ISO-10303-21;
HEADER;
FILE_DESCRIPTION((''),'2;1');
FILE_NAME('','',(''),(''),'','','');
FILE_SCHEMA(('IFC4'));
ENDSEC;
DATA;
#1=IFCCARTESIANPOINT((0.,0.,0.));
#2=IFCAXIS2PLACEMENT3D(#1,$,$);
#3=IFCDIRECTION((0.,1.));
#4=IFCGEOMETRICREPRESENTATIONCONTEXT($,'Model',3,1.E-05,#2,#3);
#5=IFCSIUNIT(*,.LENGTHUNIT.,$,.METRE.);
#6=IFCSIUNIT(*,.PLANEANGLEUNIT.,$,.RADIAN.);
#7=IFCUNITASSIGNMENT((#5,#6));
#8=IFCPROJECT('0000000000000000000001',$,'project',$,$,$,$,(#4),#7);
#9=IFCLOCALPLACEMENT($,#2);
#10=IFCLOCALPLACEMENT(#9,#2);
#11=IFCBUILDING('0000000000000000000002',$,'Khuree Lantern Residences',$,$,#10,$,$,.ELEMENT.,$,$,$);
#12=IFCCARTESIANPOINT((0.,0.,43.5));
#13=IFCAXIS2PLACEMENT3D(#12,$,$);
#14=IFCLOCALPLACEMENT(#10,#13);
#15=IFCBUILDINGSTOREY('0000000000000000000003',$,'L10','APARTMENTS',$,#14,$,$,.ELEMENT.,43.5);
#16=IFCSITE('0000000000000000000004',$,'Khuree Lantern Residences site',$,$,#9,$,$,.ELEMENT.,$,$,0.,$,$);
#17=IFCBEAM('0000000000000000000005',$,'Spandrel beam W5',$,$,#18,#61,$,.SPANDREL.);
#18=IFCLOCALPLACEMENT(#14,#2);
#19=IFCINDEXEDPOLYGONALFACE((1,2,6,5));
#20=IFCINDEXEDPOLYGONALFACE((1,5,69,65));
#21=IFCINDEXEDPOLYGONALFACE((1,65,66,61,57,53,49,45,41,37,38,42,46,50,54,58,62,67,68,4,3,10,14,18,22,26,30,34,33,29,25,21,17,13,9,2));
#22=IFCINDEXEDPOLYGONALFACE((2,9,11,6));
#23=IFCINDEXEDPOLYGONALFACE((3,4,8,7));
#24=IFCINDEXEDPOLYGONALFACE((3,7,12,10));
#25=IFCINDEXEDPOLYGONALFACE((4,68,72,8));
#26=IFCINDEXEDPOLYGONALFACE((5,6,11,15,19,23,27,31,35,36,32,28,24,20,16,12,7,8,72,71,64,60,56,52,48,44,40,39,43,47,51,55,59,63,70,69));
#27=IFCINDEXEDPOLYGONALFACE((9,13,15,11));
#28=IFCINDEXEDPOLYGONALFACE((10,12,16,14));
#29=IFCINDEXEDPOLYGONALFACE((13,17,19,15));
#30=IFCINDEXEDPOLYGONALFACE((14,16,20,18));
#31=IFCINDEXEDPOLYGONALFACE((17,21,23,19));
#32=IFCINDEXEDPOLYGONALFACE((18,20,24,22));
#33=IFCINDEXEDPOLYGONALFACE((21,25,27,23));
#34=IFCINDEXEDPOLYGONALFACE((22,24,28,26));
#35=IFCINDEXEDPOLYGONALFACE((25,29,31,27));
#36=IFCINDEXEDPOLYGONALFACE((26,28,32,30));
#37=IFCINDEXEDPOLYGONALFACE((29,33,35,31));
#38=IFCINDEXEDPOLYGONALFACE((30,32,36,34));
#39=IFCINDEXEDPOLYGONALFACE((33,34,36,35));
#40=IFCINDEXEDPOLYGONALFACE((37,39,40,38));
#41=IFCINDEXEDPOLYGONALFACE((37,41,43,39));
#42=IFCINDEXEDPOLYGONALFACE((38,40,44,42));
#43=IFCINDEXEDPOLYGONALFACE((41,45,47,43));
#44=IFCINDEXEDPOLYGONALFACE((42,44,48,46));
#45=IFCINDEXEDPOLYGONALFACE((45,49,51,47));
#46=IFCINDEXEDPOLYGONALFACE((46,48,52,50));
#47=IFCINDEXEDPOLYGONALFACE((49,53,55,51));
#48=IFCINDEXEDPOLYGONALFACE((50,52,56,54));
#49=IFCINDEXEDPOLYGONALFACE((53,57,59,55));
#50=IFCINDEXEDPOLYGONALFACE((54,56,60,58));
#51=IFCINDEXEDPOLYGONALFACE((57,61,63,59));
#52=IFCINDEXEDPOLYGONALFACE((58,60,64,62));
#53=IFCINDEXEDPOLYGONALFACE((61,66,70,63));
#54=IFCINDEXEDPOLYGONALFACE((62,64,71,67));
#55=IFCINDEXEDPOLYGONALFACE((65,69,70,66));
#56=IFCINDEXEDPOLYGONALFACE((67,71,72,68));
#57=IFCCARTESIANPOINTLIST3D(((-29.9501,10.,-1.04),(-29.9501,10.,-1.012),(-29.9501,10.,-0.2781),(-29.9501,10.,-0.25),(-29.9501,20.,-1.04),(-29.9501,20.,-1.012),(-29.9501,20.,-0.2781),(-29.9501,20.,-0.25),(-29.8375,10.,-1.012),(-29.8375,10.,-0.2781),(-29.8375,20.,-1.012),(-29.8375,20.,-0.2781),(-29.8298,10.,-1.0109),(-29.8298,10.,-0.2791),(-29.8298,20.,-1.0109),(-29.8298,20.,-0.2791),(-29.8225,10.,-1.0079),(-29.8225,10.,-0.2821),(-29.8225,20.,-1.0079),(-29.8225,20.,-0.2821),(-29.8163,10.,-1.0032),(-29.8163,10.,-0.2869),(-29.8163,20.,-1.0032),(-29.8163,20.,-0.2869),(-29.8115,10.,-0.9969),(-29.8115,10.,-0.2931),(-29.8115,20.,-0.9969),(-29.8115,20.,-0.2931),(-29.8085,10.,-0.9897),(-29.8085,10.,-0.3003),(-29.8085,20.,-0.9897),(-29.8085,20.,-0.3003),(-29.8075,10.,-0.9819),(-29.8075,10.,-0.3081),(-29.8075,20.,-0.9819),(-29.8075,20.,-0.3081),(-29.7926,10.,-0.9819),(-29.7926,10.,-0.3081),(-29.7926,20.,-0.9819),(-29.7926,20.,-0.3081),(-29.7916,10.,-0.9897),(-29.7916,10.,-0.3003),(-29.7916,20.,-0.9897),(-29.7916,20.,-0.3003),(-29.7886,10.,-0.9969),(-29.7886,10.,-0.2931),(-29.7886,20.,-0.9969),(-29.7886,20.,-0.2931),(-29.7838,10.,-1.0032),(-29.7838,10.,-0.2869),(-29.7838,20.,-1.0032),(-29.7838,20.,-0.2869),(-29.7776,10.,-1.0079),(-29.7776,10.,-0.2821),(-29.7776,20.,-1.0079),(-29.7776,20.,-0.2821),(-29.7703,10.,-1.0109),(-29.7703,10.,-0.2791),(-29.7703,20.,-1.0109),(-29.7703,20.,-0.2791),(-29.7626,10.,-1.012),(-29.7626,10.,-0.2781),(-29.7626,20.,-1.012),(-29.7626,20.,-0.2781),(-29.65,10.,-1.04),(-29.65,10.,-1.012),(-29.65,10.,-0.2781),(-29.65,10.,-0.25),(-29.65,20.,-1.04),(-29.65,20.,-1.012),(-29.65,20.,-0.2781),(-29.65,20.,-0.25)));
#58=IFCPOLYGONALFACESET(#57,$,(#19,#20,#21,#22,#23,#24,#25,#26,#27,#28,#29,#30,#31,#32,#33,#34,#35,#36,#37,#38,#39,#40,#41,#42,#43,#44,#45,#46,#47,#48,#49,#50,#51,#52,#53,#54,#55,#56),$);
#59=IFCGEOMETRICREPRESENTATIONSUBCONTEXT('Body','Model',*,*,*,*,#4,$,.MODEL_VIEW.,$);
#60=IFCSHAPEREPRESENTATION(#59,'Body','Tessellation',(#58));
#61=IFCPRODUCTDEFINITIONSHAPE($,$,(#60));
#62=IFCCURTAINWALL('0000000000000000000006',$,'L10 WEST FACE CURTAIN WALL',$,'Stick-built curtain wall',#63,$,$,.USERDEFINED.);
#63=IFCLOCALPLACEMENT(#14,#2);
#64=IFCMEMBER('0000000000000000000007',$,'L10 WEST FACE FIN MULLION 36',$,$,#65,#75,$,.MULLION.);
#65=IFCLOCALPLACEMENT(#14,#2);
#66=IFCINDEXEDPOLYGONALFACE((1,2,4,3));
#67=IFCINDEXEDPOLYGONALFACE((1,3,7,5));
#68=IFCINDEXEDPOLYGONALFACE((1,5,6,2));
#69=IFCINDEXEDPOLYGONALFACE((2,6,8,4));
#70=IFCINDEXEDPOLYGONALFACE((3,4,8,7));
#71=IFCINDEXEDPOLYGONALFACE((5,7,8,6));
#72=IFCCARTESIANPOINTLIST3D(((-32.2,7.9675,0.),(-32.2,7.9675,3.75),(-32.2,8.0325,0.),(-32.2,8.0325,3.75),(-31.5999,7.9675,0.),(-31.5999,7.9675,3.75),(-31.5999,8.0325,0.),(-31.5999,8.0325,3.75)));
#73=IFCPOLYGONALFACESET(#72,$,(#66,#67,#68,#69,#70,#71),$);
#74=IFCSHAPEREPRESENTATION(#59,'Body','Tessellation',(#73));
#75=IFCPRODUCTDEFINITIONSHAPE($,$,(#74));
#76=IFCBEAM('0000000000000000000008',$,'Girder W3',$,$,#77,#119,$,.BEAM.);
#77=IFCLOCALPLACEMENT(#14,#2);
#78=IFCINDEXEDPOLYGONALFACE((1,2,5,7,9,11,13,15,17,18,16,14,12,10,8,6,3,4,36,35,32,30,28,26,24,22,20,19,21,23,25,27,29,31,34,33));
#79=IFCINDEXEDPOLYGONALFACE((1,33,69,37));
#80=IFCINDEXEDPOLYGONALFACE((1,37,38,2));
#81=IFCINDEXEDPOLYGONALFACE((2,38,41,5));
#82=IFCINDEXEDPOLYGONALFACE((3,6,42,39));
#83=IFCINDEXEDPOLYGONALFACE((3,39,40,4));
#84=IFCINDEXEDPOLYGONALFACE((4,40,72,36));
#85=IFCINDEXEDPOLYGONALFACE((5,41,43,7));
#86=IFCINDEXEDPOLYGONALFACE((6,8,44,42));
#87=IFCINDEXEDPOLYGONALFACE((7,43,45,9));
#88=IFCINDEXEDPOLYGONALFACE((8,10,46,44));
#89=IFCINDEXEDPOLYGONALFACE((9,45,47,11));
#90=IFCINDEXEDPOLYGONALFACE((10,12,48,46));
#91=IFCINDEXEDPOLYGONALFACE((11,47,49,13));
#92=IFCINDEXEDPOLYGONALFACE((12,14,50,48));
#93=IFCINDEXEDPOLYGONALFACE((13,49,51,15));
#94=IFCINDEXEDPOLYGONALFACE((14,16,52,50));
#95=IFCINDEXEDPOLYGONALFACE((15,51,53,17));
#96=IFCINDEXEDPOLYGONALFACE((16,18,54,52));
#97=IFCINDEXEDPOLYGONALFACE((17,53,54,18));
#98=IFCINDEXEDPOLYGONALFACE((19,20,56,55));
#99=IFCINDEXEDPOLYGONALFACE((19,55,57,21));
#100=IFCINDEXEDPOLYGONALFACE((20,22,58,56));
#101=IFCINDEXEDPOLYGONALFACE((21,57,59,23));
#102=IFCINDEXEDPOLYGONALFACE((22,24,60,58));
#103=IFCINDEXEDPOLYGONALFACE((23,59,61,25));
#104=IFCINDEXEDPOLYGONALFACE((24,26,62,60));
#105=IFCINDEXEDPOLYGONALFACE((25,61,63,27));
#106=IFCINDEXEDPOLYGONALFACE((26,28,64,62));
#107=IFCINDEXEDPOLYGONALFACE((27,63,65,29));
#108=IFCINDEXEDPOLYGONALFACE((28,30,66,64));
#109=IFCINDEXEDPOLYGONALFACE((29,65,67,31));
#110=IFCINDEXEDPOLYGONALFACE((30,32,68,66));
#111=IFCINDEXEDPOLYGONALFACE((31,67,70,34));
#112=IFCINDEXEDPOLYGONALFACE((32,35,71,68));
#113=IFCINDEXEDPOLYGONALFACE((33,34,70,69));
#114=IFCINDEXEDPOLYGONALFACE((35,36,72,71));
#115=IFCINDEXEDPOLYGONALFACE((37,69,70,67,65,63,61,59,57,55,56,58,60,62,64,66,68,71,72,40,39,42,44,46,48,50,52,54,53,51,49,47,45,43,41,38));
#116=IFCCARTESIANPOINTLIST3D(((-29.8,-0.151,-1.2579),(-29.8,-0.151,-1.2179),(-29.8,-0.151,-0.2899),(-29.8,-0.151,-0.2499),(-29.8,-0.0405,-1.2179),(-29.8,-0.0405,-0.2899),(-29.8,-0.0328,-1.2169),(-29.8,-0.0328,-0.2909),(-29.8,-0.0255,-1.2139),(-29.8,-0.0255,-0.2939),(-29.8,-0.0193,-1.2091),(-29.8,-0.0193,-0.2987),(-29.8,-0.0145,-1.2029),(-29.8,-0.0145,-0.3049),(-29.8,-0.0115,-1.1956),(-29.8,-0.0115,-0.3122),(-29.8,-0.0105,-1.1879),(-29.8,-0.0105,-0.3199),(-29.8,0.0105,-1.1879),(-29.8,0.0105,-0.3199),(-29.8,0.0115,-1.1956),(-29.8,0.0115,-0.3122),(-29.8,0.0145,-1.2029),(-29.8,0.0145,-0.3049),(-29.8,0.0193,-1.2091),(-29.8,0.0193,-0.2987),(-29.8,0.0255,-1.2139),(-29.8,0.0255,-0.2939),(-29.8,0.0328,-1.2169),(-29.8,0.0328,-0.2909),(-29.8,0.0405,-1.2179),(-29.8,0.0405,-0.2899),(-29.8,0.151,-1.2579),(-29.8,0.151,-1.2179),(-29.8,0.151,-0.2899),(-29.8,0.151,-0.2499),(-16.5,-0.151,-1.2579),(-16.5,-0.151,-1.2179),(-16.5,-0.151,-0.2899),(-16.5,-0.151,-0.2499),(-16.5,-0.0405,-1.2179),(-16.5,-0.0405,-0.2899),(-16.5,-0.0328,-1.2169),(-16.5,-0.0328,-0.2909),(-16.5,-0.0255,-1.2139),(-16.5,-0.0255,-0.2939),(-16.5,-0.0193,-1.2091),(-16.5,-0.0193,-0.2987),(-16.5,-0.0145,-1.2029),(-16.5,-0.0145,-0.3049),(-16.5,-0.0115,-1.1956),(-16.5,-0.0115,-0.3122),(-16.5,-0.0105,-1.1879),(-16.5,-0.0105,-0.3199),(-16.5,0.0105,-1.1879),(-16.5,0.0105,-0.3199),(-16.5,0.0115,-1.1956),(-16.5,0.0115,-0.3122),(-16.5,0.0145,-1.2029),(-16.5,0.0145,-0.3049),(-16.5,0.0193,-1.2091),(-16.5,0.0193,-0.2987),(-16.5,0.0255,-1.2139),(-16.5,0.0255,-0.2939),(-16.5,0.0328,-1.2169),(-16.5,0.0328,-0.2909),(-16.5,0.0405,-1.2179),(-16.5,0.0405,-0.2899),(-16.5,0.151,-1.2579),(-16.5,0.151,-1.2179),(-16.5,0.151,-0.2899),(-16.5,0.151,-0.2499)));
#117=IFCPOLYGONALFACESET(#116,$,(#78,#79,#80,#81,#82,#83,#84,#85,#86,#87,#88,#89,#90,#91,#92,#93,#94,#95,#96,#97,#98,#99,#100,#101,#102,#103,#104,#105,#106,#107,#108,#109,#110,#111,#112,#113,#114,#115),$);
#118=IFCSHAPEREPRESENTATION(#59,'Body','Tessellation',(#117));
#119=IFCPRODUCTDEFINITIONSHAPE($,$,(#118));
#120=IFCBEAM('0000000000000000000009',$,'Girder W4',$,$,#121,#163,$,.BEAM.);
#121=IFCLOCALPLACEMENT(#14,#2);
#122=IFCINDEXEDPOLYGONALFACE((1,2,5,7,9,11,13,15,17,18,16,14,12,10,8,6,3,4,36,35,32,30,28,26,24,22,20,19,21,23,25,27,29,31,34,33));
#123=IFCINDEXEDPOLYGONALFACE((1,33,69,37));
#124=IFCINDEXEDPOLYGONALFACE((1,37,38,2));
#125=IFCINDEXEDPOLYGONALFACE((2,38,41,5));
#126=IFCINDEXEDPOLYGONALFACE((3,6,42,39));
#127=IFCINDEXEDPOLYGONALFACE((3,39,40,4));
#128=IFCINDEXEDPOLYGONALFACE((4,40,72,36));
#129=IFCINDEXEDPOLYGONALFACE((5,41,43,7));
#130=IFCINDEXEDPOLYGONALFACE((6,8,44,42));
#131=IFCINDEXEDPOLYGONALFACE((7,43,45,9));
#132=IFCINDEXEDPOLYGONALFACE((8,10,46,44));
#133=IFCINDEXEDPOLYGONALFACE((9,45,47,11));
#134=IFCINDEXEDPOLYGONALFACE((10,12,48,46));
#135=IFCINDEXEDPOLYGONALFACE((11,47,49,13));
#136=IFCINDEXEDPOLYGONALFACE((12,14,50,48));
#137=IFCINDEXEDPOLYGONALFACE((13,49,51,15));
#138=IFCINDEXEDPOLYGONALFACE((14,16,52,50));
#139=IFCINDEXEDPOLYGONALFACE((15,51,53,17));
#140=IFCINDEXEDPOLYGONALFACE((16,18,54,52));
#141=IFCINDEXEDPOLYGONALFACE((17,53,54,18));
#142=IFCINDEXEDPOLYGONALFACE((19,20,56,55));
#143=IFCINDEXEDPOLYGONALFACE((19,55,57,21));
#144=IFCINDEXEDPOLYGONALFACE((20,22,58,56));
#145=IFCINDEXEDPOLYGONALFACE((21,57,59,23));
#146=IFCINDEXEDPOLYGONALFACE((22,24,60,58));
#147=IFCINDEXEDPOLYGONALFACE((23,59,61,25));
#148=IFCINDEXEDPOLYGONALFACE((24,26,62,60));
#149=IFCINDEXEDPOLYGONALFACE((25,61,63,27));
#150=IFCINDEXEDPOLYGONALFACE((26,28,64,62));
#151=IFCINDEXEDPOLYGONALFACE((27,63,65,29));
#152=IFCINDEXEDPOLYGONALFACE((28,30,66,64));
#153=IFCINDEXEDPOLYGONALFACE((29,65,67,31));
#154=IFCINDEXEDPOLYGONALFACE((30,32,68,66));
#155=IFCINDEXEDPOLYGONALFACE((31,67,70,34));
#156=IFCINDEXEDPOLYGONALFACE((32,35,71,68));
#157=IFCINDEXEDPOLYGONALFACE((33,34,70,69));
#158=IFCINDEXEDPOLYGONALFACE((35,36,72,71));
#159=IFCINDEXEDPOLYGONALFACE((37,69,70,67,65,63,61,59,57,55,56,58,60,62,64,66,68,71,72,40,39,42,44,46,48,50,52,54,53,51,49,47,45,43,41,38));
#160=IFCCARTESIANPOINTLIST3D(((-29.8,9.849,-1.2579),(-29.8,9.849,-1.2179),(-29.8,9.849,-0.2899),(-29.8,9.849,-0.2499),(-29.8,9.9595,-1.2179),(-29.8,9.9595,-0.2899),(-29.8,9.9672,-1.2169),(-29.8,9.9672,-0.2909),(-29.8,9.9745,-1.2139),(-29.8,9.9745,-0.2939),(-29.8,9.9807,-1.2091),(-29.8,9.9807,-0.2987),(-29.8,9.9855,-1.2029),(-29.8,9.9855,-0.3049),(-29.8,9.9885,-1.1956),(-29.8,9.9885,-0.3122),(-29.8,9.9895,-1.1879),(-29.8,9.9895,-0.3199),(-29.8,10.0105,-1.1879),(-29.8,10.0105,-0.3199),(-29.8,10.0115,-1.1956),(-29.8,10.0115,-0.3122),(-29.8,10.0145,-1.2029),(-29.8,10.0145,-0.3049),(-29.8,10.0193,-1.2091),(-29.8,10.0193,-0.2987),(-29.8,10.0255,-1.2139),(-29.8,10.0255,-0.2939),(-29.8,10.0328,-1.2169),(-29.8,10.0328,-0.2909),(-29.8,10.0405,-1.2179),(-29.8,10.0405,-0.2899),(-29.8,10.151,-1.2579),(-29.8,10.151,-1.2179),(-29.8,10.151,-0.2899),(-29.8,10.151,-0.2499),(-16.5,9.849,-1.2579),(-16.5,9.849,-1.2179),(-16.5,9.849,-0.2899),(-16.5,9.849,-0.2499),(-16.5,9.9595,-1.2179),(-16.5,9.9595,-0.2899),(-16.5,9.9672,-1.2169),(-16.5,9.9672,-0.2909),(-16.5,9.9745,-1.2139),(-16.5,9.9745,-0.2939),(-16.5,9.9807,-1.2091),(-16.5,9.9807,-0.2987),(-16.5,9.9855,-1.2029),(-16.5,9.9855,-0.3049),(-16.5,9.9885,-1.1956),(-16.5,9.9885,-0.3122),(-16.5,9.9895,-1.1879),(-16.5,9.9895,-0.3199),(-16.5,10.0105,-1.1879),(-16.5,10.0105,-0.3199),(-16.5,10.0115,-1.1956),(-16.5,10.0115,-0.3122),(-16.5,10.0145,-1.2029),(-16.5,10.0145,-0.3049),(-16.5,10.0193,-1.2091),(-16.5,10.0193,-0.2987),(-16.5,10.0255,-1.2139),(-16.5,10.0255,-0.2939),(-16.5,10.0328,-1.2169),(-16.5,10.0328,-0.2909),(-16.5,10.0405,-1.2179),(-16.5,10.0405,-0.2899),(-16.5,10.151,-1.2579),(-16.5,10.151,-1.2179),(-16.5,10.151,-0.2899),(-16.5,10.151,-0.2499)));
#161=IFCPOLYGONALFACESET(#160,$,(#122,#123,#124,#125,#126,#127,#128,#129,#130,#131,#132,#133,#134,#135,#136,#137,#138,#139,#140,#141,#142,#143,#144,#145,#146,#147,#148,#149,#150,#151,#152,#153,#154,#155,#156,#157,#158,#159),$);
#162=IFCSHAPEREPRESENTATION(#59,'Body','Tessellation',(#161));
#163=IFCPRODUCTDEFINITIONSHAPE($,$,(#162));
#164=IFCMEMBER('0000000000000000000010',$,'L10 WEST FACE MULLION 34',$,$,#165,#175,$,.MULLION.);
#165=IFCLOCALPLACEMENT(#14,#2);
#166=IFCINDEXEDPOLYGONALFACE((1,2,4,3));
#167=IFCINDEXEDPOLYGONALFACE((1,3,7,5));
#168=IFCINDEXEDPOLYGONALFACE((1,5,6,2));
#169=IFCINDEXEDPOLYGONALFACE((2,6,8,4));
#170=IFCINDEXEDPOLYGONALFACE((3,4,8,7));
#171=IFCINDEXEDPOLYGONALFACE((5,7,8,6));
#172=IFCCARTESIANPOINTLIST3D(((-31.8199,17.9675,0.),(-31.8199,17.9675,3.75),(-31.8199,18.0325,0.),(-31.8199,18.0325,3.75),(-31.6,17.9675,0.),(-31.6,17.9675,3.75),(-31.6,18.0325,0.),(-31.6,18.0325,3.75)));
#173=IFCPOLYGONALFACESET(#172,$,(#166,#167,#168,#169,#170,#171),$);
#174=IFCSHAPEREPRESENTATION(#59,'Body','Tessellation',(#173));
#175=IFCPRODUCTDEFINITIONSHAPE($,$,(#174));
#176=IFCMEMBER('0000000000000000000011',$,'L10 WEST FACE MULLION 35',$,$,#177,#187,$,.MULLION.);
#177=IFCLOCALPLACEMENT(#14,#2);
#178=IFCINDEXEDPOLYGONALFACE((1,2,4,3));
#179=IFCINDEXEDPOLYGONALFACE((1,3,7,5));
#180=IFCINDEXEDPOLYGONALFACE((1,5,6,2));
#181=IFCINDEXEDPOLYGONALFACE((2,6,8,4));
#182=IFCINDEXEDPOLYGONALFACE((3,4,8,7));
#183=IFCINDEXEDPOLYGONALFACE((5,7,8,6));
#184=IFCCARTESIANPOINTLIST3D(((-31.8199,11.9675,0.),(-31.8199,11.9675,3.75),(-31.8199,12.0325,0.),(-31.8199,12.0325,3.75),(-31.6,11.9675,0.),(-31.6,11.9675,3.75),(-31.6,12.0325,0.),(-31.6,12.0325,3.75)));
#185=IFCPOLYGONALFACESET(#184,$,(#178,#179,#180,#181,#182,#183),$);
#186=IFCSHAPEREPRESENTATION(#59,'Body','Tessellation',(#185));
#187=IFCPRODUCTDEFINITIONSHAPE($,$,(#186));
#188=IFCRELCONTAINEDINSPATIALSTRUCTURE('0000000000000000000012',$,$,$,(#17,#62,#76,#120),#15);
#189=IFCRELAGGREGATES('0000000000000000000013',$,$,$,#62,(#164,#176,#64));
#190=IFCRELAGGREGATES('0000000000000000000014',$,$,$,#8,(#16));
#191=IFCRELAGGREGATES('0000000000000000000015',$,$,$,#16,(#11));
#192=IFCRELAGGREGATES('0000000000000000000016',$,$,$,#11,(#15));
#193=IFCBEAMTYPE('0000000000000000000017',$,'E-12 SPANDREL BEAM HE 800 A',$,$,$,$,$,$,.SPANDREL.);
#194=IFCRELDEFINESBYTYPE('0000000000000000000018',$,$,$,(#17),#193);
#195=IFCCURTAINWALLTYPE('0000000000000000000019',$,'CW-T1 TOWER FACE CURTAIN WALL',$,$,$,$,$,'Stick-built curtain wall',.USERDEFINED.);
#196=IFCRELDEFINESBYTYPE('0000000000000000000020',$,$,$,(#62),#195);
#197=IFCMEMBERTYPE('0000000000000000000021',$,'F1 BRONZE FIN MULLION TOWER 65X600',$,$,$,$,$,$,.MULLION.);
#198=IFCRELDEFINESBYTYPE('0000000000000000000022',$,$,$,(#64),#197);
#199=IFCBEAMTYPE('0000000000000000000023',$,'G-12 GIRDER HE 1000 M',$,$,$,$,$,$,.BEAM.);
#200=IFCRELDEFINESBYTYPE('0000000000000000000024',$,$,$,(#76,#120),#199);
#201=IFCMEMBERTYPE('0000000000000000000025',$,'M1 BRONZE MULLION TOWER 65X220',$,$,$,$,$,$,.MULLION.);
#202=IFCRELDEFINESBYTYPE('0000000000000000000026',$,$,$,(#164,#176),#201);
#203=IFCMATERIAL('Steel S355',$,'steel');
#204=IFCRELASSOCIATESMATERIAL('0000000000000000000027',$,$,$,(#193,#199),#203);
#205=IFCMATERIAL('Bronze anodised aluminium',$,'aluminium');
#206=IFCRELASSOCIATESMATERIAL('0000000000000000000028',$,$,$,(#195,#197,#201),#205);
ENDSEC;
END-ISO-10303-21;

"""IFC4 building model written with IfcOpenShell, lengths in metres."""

from ifc_helpers import new_model, si_unit, direction, frame, origin, origin_2d, place, context, subcontext, project, spatial, rectangle, i_section, extrude, material, material_profile, profile_set, type_object, element, aggregate, save


model = new_model("IFC4")

# Units and contexts
model_context = context("Model", 3, precision=1e-05, world=origin(), true_north=direction((0.0, 1.0)))
body_context = subcontext(model_context, "Body", "Model", "MODEL_VIEW")
ifc_project = project(units=[si_unit("LENGTHUNIT", "METRE"), si_unit("PLANEANGLEUNIT", "RADIAN")], contexts=[model_context])

# Site, building, storey
site_placement = place(None, origin())
site = spatial("IfcSite", under=ifc_project, at=site_placement, Name="Khuree Lantern Residences site", CompositionType="ELEMENT", RefElevation=0.0)
building_placement = place(site_placement, origin())
building = spatial("IfcBuilding", under=site, at=building_placement, Name="Khuree Lantern Residences", CompositionType="ELEMENT")
storey_placement = place(building_placement, frame((0.0, 0.0, 43.5)))
storey = spatial("IfcBuildingStorey", under=building, at=storey_placement, Name="L10", Description="APARTMENTS", CompositionType="ELEMENT", Elevation=43.5)

# Beam
ifc_material_1 = material(Name="Steel S355", Category="steel")
ifc_material_profile_1 = material_profile(ifc_material_1, i_section(OverallWidth=0.3, OverallDepth=0.79, WebThickness=0.0149, FlangeThickness=0.0281, FilletRadius=0.03, at=origin_2d()), Name="HE 800 A")
ifc_profile_set_1 = profile_set([ifc_material_profile_1], Name="Steel S355")
beam_type_1 = type_object("IfcBeamType", Name="E-12 SPANDREL BEAM HE 800 A", PredefinedType="SPANDREL", material=ifc_profile_set_1)
for number, where, z_axis, x_axis, name in (
    (1, (-29.8, 10.0, -0.645), (0.0, 1.0, 0.0), (-1.0, 0.0, 0.0), "Spandrel beam W5"),
):
    element("IfcBeam", number, at=place(storey_placement, frame(where, z_axis=z_axis, x_axis=x_axis)), inside=storey, type_object=beam_type_1, Name=name, PredefinedType="SPANDREL", context=body_context, shape_type="SweptSolid", body=[
        extrude(i_section(OverallWidth=0.3, OverallDepth=0.79, WebThickness=0.0149, FlangeThickness=0.0281, FilletRadius=0.03, at=origin_2d()), origin(), (0.0, 0.0, 1.0), 10.0),
    ])

# Curtain wall, member
ifc_material_2 = material(Name="Bronze anodised aluminium", Category="aluminium")
curtain_wall_type = type_object("IfcCurtainWallType", Name="CW-T1 TOWER FACE CURTAIN WALL", ElementType="Stick-built curtain wall", PredefinedType="USERDEFINED", material=ifc_material_2)
curtain_wall_placement = place(storey_placement, origin())
curtain_wall = element("IfcCurtainWall", 2, at=curtain_wall_placement, inside=storey, type_object=curtain_wall_type, Name="L10 WEST FACE CURTAIN WALL", ObjectType="Stick-built curtain wall", PredefinedType="USERDEFINED")
ifc_material_profile_2 = material_profile(ifc_material_2, rectangle(XDim=0.0649, YDim=0.6001, at=origin_2d()), Name="F1 65X600")
ifc_profile_set_2 = profile_set([ifc_material_profile_2], Name="Bronze anodised aluminium")
member_type_1 = type_object("IfcMemberType", Name="F1 BRONZE FIN MULLION TOWER 65X600", PredefinedType="MULLION", material=ifc_profile_set_2)
member_1_placement = place(storey_placement, frame((-31.8999, 8.0, 0.0), z_axis=(0.0, 0.0, 1.0), x_axis=(0.0, -1.0, 0.0)))
member_1 = element("IfcMember", 3, at=member_1_placement, type_object=member_type_1, Name="L10 WEST FACE FIN MULLION 36", PredefinedType="MULLION", context=body_context, shape_type="SweptSolid", body=[
    extrude(rectangle(XDim=0.0649, YDim=0.6001, at=origin_2d()), origin(), (0.0, 0.0, 1.0), 3.75),
])

# Beams
ifc_material_profile_3 = material_profile(ifc_material_1, i_section(OverallWidth=0.302, OverallDepth=1.0081, WebThickness=0.021, FlangeThickness=0.04, FilletRadius=0.03, at=origin_2d()), Name="HE 1000 M")
ifc_profile_set_3 = profile_set([ifc_material_profile_3], Name="Steel S355")
beam_type_2 = type_object("IfcBeamType", Name="G-12 GIRDER HE 1000 M", PredefinedType="BEAM", material=ifc_profile_set_3)
for number, where, z_axis, x_axis, name in (
    (4, (-29.8, 0.0, -0.7539), (1.0, 0.0, 0.0), (0.0, 1.0, 0.0), "Girder W3"),
    (5, (-29.8, 10.0, -0.7539), (1.0, 0.0, 0.0), (0.0, 1.0, 0.0), "Girder W4"),
):
    element("IfcBeam", number, at=place(storey_placement, frame(where, z_axis=z_axis, x_axis=x_axis)), inside=storey, type_object=beam_type_2, Name=name, PredefinedType="BEAM", context=body_context, shape_type="SweptSolid", body=[
        extrude(i_section(OverallWidth=0.302, OverallDepth=1.0081, WebThickness=0.021, FlangeThickness=0.04, FilletRadius=0.03, at=origin_2d()), origin(), (0.0, 0.0, 1.0), 13.3),
    ])

# Members
ifc_material_profile_4 = material_profile(ifc_material_2, rectangle(XDim=0.0649, YDim=0.22, at=origin_2d()), Name="M1 65X220")
ifc_profile_set_4 = profile_set([ifc_material_profile_4], Name="Bronze anodised aluminium")
member_type_2 = type_object("IfcMemberType", Name="M1 BRONZE MULLION TOWER 65X220", PredefinedType="MULLION", material=ifc_profile_set_4)
member_2_placement = place(storey_placement, frame((-31.71, 18.0, 0.0), z_axis=(0.0, 0.0, 1.0), x_axis=(0.0, -1.0, 0.0)))
member_2 = element("IfcMember", 6, at=member_2_placement, type_object=member_type_2, Name="L10 WEST FACE MULLION 34", PredefinedType="MULLION", context=body_context, shape_type="SweptSolid", body=[
    extrude(rectangle(XDim=0.0649, YDim=0.22, at=origin_2d()), origin(), (0.0, 0.0, 1.0), 3.75),
])
member_3_placement = place(storey_placement, frame((-31.71, 12.0, 0.0), z_axis=(0.0, 0.0, 1.0), x_axis=(0.0, -1.0, 0.0)))
member_3 = element("IfcMember", 7, at=member_3_placement, type_object=member_type_2, Name="L10 WEST FACE MULLION 35", PredefinedType="MULLION", context=body_context, shape_type="SweptSolid", body=[
    extrude(rectangle(XDim=0.0649, YDim=0.22, at=origin_2d()), origin(), (0.0, 0.0, 1.0), 3.75),
])

aggregate(curtain_wall, [member_2, member_3, member_1])

save(model, "model.ifc")
